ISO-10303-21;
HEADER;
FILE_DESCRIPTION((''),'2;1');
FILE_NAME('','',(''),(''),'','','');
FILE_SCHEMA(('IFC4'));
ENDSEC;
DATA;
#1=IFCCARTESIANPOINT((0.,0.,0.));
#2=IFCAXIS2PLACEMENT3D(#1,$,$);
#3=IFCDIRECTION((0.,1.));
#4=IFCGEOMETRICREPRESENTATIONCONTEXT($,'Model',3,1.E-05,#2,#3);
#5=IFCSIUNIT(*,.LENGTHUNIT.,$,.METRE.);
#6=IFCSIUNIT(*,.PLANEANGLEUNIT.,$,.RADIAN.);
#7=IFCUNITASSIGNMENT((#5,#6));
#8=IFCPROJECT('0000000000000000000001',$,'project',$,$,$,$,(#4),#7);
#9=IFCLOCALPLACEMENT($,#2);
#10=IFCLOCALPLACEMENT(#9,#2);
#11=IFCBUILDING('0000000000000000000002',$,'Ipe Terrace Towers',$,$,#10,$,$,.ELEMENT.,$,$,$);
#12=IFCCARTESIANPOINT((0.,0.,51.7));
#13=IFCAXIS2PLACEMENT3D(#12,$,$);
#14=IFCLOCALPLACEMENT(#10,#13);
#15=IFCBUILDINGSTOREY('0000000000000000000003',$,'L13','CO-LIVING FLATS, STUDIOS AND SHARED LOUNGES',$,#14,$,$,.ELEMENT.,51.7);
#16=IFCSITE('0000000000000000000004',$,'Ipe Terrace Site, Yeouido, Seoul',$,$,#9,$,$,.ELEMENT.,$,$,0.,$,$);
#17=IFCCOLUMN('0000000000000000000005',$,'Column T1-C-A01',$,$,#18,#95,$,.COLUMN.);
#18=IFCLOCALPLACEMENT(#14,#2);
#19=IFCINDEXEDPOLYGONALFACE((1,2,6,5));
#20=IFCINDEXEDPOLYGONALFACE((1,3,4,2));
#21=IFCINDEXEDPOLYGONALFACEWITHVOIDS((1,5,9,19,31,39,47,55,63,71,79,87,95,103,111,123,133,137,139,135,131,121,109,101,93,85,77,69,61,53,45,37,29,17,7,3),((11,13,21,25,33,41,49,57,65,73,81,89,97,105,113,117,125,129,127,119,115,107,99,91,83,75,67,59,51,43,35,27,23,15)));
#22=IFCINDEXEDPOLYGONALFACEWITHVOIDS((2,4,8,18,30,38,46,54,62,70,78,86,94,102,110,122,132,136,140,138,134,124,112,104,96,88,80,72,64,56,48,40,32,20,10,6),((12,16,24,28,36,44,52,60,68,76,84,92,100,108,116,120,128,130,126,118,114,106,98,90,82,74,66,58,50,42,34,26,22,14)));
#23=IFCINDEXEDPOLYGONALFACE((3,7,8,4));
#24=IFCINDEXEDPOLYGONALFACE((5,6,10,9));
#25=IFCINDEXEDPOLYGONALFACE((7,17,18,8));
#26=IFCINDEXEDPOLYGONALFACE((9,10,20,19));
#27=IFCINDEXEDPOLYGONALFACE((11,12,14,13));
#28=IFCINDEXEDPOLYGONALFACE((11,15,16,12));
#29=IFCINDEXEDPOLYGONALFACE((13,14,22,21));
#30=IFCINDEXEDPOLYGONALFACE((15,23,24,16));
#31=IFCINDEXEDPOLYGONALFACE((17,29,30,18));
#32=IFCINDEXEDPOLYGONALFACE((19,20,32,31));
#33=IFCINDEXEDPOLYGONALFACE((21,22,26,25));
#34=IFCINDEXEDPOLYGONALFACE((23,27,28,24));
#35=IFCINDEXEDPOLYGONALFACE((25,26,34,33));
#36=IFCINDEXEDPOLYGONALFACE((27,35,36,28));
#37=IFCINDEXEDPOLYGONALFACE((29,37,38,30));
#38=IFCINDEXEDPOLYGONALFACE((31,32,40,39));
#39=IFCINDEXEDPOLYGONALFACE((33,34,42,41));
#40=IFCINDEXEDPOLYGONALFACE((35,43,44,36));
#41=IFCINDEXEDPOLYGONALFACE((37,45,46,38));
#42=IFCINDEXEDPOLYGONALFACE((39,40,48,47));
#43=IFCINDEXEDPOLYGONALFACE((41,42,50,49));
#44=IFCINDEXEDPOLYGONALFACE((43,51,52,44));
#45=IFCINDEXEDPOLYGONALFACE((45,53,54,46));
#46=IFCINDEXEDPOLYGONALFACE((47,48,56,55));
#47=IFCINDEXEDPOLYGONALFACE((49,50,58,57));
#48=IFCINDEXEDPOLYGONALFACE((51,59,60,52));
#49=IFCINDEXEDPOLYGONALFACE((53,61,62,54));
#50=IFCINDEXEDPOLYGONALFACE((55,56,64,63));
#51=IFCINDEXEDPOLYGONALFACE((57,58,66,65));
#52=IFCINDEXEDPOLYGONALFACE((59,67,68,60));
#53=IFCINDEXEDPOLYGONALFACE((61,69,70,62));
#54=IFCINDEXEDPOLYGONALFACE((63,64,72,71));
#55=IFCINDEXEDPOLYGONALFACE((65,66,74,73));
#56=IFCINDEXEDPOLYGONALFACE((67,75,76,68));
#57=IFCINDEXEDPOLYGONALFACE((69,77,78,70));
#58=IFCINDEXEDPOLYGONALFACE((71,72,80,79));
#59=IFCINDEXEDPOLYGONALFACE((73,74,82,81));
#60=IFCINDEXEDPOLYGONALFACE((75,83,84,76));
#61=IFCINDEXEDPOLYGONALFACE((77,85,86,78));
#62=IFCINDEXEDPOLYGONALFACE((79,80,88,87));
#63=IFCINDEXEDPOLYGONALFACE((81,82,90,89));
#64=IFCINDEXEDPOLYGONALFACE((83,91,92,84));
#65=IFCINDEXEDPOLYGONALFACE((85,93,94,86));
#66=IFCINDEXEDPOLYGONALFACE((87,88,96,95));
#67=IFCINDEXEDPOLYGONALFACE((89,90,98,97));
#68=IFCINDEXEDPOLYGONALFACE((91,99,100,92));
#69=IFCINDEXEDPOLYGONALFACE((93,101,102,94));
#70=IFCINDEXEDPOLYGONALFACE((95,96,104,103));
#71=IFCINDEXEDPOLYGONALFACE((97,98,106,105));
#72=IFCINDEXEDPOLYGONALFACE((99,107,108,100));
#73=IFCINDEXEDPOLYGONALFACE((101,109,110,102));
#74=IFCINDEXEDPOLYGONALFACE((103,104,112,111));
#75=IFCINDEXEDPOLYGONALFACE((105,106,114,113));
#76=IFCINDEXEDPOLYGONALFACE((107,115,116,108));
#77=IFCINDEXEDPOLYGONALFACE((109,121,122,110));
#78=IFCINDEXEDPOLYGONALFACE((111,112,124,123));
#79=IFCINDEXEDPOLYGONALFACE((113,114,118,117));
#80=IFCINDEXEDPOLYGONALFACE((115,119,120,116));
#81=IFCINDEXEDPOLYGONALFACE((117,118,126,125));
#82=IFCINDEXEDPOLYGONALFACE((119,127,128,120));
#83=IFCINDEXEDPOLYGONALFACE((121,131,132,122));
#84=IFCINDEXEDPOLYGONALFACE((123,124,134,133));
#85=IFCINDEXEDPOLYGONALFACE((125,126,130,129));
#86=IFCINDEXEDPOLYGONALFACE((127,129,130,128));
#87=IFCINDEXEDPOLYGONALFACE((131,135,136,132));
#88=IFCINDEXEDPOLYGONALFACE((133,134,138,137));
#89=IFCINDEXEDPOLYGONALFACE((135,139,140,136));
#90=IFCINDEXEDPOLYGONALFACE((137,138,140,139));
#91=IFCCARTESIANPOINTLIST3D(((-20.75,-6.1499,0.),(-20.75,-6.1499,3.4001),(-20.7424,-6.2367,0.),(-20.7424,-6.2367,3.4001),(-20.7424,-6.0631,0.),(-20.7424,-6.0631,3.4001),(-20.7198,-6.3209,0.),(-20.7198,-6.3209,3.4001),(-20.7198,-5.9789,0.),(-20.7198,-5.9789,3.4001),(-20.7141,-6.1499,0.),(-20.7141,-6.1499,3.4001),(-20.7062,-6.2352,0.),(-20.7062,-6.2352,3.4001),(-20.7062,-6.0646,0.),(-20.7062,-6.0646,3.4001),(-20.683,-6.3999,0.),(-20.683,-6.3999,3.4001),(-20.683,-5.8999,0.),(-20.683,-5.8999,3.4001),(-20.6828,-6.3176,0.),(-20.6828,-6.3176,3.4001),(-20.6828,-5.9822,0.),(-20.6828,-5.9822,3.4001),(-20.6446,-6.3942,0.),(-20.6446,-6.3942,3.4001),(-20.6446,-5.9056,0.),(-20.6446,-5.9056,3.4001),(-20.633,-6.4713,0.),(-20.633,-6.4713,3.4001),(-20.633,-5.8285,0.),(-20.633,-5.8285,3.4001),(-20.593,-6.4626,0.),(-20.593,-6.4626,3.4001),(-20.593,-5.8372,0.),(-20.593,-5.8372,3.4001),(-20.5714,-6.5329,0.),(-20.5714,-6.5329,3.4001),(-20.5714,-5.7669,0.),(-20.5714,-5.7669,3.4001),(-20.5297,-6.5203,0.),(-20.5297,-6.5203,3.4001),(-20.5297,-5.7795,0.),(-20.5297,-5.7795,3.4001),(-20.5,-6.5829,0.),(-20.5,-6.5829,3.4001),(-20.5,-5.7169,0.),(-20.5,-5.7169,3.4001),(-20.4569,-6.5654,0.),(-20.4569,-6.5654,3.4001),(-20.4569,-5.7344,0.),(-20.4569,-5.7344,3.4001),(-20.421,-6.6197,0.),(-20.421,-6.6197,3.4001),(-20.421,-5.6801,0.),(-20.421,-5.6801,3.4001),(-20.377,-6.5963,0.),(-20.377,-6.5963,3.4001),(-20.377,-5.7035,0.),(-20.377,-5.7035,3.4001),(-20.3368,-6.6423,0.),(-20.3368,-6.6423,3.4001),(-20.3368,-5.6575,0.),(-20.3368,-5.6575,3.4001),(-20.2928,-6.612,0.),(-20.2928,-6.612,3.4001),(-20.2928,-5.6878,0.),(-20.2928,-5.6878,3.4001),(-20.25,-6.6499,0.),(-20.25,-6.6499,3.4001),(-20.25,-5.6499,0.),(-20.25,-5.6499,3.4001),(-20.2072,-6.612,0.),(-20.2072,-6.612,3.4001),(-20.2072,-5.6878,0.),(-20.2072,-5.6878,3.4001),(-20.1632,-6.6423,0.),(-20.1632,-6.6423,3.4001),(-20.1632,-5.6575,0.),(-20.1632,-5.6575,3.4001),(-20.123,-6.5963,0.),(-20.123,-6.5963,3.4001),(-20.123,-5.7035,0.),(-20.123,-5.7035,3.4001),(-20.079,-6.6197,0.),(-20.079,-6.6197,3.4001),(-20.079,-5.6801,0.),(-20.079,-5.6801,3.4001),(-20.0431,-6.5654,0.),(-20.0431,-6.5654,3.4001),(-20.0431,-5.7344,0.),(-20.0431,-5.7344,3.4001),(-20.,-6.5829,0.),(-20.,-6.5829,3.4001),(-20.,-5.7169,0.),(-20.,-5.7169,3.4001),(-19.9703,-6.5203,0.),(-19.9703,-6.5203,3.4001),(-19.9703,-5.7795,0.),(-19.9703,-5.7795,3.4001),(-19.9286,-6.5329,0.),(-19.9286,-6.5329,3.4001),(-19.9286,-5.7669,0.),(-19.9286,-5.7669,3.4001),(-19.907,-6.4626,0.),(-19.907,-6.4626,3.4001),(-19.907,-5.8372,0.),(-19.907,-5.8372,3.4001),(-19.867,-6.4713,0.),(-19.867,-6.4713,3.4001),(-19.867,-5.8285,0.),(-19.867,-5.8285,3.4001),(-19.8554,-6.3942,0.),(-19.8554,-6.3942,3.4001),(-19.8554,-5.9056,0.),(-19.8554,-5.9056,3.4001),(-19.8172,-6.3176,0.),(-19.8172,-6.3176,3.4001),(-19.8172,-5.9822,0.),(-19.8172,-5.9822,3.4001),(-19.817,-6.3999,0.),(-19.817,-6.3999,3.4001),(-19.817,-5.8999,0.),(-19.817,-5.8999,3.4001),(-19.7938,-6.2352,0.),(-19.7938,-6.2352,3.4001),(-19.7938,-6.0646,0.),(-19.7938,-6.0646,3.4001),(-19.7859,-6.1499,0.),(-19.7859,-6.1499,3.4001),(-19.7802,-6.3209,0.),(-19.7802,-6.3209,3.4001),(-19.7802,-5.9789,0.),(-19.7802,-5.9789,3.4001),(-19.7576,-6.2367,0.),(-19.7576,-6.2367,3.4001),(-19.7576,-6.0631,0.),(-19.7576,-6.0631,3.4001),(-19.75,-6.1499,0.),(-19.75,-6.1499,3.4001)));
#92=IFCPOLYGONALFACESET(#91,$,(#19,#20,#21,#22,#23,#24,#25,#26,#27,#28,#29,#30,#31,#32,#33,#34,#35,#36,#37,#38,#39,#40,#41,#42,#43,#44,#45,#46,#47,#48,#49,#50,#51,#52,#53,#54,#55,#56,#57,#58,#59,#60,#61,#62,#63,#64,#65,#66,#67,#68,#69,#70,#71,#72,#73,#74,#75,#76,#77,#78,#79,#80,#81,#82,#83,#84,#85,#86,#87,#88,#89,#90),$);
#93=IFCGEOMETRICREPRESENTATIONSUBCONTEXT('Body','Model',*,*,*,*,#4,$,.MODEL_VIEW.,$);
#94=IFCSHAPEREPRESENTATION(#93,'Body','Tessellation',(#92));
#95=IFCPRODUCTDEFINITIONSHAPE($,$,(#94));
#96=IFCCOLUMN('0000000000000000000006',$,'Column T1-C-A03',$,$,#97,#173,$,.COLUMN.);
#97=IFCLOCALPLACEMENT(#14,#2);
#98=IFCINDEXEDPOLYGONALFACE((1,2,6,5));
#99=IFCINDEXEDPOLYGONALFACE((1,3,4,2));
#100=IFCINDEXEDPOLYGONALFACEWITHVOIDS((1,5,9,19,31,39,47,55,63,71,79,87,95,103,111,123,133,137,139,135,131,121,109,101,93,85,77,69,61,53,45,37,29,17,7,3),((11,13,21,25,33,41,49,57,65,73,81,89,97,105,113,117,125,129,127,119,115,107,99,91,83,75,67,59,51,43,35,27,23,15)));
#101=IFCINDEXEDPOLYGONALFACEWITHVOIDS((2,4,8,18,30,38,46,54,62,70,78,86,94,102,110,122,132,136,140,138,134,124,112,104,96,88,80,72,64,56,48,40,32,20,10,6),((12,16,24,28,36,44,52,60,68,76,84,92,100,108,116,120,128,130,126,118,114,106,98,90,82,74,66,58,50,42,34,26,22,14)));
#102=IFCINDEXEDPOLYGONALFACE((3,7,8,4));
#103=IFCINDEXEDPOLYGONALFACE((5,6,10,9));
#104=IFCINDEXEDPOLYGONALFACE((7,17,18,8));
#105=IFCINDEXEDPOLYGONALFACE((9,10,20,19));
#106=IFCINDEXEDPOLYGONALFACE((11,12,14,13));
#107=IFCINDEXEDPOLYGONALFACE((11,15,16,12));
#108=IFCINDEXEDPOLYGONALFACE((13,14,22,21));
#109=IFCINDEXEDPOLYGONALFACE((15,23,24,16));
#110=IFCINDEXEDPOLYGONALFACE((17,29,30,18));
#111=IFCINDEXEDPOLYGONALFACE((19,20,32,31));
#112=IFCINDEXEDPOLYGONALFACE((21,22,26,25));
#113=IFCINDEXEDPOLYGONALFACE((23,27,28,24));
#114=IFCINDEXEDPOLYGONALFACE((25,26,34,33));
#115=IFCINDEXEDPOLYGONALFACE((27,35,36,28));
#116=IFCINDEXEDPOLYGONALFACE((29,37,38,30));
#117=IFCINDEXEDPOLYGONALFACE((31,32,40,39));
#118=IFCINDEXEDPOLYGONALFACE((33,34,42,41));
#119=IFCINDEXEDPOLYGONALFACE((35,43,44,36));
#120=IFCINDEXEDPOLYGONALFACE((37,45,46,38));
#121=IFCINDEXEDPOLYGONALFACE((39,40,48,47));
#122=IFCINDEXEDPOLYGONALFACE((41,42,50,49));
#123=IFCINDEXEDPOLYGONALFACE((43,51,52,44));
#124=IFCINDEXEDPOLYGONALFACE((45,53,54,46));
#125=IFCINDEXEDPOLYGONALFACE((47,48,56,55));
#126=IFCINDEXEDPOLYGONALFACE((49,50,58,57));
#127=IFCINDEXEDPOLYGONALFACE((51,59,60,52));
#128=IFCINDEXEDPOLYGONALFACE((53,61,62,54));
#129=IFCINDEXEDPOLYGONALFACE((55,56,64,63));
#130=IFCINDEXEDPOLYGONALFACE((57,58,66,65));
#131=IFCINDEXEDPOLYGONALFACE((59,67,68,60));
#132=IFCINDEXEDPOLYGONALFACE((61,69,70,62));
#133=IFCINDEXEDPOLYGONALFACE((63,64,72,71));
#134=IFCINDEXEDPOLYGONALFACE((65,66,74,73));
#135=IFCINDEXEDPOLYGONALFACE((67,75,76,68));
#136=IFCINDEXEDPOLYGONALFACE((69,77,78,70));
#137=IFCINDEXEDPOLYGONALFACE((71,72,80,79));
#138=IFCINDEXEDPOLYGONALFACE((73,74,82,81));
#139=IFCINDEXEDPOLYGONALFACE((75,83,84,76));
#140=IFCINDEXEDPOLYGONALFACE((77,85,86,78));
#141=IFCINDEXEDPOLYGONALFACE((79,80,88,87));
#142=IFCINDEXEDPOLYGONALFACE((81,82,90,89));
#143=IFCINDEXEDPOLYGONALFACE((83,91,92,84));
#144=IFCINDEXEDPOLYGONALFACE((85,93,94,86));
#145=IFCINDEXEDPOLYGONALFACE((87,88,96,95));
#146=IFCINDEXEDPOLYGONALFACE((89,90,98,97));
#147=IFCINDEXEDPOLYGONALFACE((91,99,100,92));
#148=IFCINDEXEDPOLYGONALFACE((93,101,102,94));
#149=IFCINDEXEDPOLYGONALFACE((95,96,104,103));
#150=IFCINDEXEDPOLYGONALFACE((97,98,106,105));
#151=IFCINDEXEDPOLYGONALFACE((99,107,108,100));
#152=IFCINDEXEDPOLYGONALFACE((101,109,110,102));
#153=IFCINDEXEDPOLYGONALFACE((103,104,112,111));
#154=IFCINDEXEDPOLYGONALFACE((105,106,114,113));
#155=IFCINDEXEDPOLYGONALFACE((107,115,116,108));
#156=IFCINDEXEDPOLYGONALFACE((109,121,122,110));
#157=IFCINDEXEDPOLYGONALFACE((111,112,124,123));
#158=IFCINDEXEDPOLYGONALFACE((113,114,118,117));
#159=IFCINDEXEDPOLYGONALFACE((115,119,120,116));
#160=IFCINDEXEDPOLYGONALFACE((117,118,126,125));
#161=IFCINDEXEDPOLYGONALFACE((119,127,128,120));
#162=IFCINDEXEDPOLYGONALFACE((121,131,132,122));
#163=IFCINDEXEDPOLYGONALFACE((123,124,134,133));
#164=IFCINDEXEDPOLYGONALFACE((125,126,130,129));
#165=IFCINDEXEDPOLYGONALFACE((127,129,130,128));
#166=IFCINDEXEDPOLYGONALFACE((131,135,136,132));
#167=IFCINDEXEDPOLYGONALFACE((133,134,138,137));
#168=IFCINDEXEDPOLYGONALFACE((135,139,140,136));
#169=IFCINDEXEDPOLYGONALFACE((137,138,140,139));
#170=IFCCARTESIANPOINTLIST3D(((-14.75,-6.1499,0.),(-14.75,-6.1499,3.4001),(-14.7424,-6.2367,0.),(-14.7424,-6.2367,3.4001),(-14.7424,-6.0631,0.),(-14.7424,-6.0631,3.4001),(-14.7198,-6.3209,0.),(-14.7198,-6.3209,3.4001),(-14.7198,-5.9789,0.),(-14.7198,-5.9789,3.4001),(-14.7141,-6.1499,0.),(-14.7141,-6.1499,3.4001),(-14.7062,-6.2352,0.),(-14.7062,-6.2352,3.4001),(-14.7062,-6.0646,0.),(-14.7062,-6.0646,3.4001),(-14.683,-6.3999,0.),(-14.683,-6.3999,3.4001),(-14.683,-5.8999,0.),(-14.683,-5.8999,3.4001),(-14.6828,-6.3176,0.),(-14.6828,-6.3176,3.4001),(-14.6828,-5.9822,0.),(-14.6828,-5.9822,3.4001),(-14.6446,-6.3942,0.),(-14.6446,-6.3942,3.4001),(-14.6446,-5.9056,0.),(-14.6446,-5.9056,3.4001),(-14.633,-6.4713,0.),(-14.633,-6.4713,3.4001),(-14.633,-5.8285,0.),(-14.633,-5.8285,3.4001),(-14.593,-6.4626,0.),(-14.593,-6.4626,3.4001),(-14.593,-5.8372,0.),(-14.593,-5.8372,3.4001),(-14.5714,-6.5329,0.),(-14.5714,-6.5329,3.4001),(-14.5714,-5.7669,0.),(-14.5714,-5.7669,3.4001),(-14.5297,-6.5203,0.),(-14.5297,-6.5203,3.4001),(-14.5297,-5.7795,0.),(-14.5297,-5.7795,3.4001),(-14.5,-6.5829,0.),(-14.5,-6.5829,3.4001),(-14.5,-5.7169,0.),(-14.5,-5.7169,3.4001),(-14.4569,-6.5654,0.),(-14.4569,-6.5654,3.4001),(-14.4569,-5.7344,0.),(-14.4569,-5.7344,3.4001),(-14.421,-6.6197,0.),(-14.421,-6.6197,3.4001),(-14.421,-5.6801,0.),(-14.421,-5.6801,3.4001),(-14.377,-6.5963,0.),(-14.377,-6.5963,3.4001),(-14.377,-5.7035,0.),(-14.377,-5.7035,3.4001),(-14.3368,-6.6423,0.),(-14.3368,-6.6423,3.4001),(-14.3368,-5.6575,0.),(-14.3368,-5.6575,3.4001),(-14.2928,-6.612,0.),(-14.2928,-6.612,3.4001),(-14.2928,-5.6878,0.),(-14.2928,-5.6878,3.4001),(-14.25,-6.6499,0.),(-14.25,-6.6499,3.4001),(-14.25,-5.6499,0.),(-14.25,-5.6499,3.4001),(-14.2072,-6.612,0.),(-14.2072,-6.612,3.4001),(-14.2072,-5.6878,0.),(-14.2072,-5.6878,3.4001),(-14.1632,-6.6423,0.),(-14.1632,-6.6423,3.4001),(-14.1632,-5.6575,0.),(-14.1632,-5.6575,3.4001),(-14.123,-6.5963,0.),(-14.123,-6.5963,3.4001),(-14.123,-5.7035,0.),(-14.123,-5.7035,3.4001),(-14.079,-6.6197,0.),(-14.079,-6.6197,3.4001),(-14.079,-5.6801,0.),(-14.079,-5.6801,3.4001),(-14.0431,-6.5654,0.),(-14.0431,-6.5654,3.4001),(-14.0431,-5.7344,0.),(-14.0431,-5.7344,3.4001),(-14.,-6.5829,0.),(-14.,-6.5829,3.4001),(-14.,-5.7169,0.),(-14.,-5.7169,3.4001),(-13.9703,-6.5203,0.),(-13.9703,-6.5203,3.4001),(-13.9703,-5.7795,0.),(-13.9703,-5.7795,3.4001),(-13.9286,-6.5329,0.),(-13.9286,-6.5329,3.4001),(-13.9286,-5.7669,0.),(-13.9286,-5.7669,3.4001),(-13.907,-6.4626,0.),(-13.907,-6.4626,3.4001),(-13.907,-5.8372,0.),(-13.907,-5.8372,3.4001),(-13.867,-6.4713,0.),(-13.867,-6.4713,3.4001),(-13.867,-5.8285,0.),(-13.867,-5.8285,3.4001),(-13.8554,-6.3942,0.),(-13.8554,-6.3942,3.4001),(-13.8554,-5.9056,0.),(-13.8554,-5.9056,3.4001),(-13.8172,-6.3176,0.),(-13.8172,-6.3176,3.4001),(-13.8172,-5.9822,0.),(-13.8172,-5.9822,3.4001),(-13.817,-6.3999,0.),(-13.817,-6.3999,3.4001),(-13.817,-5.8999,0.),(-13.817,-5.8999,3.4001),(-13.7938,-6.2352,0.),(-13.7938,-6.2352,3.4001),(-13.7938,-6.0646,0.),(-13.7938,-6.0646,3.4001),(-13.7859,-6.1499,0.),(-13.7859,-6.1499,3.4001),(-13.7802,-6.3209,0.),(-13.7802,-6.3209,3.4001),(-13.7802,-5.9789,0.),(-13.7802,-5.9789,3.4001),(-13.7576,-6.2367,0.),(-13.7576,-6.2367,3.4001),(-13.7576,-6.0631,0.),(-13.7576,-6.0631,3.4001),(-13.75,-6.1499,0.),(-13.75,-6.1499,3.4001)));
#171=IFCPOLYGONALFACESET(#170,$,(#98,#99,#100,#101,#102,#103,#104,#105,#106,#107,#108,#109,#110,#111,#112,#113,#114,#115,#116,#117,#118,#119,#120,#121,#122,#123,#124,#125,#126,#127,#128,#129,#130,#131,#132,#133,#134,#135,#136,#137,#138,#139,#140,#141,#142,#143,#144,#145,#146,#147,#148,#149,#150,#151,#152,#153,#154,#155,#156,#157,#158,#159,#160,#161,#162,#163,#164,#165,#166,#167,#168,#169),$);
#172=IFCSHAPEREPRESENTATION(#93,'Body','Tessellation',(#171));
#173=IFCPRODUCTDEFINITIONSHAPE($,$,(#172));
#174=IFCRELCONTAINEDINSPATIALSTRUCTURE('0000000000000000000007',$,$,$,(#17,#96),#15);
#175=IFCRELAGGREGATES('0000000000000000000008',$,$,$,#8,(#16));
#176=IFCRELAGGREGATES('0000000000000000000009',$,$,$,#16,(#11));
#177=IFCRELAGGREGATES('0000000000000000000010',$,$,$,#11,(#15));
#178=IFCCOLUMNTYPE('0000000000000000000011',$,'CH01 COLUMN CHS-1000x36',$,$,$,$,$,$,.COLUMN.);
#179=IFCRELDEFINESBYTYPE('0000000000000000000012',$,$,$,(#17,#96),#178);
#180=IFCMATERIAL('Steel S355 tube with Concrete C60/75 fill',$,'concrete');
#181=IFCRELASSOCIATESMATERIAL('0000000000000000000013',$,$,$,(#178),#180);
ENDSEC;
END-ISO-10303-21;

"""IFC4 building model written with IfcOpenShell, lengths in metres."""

from ifc_helpers import new_model, si_unit, direction, frame, origin, origin_2d, place, context, subcontext, project, spatial, hollow_circle, extrude, material, material_profile, profile_set, type_object, element, save


model = new_model("IFC4")

# Units and contexts
model_context = context("Model", 3, precision=1e-05, world=origin(), true_north=direction((0.0, 1.0)))
body_context = subcontext(model_context, "Body", "Model", "MODEL_VIEW")
ifc_project = project(units=[si_unit("LENGTHUNIT", "METRE"), si_unit("PLANEANGLEUNIT", "RADIAN")], contexts=[model_context])

# Site, building, storey
site_placement = place(None, origin())
site = spatial("IfcSite", under=ifc_project, at=site_placement, Name="Ipe Terrace Site, Yeouido, Seoul", CompositionType="ELEMENT", RefElevation=0.0)
building_placement = place(site_placement, origin())
building = spatial("IfcBuilding", under=site, at=building_placement, Name="Ipe Terrace Towers", CompositionType="ELEMENT")
storey_placement = place(building_placement, frame((0.0, 0.0, 51.7)))
storey = spatial("IfcBuildingStorey", under=building, at=storey_placement, Name="L13", Description="CO-LIVING FLATS, STUDIOS AND SHARED LOUNGES", CompositionType="ELEMENT", Elevation=51.7)

# Columns
ifc_material_1 = material(Name="Steel S355 tube with Concrete C60/75 fill", Category="concrete")
ifc_material_profile_1 = material_profile(ifc_material_1, hollow_circle(Radius=0.5, WallThickness=0.0359, at=origin_2d()), Name="CHS-1000x36")
ifc_profile_set_1 = profile_set([ifc_material_profile_1], Name="Steel S355 tube with Concrete C60/75 fill")
column_type = type_object("IfcColumnType", Name="CH01 COLUMN CHS-1000x36", PredefinedType="COLUMN", material=ifc_profile_set_1)
for number, where, z_axis, x_axis, name in (
    (1, (-20.25, -6.1499, 0.0), (0.0, 0.0, 1.0), (1.0, 0.0, 0.0), "Column T1-C-A01"),
    (2, (-14.25, -6.1499, 0.0), (0.0, 0.0, 1.0), (1.0, 0.0, 0.0), "Column T1-C-A03"),
):
    element("IfcColumn", number, at=place(storey_placement, frame(where, z_axis=z_axis, x_axis=x_axis)), inside=storey, type_object=column_type, Name=name, PredefinedType="COLUMN", context=body_context, shape_type="SweptSolid", body=[
        extrude(hollow_circle(Radius=0.5, WallThickness=0.0359, at=origin_2d()), origin(), (0.0, 0.0, 1.0), 3.4001),
    ])

save(model, "model.ifc")
